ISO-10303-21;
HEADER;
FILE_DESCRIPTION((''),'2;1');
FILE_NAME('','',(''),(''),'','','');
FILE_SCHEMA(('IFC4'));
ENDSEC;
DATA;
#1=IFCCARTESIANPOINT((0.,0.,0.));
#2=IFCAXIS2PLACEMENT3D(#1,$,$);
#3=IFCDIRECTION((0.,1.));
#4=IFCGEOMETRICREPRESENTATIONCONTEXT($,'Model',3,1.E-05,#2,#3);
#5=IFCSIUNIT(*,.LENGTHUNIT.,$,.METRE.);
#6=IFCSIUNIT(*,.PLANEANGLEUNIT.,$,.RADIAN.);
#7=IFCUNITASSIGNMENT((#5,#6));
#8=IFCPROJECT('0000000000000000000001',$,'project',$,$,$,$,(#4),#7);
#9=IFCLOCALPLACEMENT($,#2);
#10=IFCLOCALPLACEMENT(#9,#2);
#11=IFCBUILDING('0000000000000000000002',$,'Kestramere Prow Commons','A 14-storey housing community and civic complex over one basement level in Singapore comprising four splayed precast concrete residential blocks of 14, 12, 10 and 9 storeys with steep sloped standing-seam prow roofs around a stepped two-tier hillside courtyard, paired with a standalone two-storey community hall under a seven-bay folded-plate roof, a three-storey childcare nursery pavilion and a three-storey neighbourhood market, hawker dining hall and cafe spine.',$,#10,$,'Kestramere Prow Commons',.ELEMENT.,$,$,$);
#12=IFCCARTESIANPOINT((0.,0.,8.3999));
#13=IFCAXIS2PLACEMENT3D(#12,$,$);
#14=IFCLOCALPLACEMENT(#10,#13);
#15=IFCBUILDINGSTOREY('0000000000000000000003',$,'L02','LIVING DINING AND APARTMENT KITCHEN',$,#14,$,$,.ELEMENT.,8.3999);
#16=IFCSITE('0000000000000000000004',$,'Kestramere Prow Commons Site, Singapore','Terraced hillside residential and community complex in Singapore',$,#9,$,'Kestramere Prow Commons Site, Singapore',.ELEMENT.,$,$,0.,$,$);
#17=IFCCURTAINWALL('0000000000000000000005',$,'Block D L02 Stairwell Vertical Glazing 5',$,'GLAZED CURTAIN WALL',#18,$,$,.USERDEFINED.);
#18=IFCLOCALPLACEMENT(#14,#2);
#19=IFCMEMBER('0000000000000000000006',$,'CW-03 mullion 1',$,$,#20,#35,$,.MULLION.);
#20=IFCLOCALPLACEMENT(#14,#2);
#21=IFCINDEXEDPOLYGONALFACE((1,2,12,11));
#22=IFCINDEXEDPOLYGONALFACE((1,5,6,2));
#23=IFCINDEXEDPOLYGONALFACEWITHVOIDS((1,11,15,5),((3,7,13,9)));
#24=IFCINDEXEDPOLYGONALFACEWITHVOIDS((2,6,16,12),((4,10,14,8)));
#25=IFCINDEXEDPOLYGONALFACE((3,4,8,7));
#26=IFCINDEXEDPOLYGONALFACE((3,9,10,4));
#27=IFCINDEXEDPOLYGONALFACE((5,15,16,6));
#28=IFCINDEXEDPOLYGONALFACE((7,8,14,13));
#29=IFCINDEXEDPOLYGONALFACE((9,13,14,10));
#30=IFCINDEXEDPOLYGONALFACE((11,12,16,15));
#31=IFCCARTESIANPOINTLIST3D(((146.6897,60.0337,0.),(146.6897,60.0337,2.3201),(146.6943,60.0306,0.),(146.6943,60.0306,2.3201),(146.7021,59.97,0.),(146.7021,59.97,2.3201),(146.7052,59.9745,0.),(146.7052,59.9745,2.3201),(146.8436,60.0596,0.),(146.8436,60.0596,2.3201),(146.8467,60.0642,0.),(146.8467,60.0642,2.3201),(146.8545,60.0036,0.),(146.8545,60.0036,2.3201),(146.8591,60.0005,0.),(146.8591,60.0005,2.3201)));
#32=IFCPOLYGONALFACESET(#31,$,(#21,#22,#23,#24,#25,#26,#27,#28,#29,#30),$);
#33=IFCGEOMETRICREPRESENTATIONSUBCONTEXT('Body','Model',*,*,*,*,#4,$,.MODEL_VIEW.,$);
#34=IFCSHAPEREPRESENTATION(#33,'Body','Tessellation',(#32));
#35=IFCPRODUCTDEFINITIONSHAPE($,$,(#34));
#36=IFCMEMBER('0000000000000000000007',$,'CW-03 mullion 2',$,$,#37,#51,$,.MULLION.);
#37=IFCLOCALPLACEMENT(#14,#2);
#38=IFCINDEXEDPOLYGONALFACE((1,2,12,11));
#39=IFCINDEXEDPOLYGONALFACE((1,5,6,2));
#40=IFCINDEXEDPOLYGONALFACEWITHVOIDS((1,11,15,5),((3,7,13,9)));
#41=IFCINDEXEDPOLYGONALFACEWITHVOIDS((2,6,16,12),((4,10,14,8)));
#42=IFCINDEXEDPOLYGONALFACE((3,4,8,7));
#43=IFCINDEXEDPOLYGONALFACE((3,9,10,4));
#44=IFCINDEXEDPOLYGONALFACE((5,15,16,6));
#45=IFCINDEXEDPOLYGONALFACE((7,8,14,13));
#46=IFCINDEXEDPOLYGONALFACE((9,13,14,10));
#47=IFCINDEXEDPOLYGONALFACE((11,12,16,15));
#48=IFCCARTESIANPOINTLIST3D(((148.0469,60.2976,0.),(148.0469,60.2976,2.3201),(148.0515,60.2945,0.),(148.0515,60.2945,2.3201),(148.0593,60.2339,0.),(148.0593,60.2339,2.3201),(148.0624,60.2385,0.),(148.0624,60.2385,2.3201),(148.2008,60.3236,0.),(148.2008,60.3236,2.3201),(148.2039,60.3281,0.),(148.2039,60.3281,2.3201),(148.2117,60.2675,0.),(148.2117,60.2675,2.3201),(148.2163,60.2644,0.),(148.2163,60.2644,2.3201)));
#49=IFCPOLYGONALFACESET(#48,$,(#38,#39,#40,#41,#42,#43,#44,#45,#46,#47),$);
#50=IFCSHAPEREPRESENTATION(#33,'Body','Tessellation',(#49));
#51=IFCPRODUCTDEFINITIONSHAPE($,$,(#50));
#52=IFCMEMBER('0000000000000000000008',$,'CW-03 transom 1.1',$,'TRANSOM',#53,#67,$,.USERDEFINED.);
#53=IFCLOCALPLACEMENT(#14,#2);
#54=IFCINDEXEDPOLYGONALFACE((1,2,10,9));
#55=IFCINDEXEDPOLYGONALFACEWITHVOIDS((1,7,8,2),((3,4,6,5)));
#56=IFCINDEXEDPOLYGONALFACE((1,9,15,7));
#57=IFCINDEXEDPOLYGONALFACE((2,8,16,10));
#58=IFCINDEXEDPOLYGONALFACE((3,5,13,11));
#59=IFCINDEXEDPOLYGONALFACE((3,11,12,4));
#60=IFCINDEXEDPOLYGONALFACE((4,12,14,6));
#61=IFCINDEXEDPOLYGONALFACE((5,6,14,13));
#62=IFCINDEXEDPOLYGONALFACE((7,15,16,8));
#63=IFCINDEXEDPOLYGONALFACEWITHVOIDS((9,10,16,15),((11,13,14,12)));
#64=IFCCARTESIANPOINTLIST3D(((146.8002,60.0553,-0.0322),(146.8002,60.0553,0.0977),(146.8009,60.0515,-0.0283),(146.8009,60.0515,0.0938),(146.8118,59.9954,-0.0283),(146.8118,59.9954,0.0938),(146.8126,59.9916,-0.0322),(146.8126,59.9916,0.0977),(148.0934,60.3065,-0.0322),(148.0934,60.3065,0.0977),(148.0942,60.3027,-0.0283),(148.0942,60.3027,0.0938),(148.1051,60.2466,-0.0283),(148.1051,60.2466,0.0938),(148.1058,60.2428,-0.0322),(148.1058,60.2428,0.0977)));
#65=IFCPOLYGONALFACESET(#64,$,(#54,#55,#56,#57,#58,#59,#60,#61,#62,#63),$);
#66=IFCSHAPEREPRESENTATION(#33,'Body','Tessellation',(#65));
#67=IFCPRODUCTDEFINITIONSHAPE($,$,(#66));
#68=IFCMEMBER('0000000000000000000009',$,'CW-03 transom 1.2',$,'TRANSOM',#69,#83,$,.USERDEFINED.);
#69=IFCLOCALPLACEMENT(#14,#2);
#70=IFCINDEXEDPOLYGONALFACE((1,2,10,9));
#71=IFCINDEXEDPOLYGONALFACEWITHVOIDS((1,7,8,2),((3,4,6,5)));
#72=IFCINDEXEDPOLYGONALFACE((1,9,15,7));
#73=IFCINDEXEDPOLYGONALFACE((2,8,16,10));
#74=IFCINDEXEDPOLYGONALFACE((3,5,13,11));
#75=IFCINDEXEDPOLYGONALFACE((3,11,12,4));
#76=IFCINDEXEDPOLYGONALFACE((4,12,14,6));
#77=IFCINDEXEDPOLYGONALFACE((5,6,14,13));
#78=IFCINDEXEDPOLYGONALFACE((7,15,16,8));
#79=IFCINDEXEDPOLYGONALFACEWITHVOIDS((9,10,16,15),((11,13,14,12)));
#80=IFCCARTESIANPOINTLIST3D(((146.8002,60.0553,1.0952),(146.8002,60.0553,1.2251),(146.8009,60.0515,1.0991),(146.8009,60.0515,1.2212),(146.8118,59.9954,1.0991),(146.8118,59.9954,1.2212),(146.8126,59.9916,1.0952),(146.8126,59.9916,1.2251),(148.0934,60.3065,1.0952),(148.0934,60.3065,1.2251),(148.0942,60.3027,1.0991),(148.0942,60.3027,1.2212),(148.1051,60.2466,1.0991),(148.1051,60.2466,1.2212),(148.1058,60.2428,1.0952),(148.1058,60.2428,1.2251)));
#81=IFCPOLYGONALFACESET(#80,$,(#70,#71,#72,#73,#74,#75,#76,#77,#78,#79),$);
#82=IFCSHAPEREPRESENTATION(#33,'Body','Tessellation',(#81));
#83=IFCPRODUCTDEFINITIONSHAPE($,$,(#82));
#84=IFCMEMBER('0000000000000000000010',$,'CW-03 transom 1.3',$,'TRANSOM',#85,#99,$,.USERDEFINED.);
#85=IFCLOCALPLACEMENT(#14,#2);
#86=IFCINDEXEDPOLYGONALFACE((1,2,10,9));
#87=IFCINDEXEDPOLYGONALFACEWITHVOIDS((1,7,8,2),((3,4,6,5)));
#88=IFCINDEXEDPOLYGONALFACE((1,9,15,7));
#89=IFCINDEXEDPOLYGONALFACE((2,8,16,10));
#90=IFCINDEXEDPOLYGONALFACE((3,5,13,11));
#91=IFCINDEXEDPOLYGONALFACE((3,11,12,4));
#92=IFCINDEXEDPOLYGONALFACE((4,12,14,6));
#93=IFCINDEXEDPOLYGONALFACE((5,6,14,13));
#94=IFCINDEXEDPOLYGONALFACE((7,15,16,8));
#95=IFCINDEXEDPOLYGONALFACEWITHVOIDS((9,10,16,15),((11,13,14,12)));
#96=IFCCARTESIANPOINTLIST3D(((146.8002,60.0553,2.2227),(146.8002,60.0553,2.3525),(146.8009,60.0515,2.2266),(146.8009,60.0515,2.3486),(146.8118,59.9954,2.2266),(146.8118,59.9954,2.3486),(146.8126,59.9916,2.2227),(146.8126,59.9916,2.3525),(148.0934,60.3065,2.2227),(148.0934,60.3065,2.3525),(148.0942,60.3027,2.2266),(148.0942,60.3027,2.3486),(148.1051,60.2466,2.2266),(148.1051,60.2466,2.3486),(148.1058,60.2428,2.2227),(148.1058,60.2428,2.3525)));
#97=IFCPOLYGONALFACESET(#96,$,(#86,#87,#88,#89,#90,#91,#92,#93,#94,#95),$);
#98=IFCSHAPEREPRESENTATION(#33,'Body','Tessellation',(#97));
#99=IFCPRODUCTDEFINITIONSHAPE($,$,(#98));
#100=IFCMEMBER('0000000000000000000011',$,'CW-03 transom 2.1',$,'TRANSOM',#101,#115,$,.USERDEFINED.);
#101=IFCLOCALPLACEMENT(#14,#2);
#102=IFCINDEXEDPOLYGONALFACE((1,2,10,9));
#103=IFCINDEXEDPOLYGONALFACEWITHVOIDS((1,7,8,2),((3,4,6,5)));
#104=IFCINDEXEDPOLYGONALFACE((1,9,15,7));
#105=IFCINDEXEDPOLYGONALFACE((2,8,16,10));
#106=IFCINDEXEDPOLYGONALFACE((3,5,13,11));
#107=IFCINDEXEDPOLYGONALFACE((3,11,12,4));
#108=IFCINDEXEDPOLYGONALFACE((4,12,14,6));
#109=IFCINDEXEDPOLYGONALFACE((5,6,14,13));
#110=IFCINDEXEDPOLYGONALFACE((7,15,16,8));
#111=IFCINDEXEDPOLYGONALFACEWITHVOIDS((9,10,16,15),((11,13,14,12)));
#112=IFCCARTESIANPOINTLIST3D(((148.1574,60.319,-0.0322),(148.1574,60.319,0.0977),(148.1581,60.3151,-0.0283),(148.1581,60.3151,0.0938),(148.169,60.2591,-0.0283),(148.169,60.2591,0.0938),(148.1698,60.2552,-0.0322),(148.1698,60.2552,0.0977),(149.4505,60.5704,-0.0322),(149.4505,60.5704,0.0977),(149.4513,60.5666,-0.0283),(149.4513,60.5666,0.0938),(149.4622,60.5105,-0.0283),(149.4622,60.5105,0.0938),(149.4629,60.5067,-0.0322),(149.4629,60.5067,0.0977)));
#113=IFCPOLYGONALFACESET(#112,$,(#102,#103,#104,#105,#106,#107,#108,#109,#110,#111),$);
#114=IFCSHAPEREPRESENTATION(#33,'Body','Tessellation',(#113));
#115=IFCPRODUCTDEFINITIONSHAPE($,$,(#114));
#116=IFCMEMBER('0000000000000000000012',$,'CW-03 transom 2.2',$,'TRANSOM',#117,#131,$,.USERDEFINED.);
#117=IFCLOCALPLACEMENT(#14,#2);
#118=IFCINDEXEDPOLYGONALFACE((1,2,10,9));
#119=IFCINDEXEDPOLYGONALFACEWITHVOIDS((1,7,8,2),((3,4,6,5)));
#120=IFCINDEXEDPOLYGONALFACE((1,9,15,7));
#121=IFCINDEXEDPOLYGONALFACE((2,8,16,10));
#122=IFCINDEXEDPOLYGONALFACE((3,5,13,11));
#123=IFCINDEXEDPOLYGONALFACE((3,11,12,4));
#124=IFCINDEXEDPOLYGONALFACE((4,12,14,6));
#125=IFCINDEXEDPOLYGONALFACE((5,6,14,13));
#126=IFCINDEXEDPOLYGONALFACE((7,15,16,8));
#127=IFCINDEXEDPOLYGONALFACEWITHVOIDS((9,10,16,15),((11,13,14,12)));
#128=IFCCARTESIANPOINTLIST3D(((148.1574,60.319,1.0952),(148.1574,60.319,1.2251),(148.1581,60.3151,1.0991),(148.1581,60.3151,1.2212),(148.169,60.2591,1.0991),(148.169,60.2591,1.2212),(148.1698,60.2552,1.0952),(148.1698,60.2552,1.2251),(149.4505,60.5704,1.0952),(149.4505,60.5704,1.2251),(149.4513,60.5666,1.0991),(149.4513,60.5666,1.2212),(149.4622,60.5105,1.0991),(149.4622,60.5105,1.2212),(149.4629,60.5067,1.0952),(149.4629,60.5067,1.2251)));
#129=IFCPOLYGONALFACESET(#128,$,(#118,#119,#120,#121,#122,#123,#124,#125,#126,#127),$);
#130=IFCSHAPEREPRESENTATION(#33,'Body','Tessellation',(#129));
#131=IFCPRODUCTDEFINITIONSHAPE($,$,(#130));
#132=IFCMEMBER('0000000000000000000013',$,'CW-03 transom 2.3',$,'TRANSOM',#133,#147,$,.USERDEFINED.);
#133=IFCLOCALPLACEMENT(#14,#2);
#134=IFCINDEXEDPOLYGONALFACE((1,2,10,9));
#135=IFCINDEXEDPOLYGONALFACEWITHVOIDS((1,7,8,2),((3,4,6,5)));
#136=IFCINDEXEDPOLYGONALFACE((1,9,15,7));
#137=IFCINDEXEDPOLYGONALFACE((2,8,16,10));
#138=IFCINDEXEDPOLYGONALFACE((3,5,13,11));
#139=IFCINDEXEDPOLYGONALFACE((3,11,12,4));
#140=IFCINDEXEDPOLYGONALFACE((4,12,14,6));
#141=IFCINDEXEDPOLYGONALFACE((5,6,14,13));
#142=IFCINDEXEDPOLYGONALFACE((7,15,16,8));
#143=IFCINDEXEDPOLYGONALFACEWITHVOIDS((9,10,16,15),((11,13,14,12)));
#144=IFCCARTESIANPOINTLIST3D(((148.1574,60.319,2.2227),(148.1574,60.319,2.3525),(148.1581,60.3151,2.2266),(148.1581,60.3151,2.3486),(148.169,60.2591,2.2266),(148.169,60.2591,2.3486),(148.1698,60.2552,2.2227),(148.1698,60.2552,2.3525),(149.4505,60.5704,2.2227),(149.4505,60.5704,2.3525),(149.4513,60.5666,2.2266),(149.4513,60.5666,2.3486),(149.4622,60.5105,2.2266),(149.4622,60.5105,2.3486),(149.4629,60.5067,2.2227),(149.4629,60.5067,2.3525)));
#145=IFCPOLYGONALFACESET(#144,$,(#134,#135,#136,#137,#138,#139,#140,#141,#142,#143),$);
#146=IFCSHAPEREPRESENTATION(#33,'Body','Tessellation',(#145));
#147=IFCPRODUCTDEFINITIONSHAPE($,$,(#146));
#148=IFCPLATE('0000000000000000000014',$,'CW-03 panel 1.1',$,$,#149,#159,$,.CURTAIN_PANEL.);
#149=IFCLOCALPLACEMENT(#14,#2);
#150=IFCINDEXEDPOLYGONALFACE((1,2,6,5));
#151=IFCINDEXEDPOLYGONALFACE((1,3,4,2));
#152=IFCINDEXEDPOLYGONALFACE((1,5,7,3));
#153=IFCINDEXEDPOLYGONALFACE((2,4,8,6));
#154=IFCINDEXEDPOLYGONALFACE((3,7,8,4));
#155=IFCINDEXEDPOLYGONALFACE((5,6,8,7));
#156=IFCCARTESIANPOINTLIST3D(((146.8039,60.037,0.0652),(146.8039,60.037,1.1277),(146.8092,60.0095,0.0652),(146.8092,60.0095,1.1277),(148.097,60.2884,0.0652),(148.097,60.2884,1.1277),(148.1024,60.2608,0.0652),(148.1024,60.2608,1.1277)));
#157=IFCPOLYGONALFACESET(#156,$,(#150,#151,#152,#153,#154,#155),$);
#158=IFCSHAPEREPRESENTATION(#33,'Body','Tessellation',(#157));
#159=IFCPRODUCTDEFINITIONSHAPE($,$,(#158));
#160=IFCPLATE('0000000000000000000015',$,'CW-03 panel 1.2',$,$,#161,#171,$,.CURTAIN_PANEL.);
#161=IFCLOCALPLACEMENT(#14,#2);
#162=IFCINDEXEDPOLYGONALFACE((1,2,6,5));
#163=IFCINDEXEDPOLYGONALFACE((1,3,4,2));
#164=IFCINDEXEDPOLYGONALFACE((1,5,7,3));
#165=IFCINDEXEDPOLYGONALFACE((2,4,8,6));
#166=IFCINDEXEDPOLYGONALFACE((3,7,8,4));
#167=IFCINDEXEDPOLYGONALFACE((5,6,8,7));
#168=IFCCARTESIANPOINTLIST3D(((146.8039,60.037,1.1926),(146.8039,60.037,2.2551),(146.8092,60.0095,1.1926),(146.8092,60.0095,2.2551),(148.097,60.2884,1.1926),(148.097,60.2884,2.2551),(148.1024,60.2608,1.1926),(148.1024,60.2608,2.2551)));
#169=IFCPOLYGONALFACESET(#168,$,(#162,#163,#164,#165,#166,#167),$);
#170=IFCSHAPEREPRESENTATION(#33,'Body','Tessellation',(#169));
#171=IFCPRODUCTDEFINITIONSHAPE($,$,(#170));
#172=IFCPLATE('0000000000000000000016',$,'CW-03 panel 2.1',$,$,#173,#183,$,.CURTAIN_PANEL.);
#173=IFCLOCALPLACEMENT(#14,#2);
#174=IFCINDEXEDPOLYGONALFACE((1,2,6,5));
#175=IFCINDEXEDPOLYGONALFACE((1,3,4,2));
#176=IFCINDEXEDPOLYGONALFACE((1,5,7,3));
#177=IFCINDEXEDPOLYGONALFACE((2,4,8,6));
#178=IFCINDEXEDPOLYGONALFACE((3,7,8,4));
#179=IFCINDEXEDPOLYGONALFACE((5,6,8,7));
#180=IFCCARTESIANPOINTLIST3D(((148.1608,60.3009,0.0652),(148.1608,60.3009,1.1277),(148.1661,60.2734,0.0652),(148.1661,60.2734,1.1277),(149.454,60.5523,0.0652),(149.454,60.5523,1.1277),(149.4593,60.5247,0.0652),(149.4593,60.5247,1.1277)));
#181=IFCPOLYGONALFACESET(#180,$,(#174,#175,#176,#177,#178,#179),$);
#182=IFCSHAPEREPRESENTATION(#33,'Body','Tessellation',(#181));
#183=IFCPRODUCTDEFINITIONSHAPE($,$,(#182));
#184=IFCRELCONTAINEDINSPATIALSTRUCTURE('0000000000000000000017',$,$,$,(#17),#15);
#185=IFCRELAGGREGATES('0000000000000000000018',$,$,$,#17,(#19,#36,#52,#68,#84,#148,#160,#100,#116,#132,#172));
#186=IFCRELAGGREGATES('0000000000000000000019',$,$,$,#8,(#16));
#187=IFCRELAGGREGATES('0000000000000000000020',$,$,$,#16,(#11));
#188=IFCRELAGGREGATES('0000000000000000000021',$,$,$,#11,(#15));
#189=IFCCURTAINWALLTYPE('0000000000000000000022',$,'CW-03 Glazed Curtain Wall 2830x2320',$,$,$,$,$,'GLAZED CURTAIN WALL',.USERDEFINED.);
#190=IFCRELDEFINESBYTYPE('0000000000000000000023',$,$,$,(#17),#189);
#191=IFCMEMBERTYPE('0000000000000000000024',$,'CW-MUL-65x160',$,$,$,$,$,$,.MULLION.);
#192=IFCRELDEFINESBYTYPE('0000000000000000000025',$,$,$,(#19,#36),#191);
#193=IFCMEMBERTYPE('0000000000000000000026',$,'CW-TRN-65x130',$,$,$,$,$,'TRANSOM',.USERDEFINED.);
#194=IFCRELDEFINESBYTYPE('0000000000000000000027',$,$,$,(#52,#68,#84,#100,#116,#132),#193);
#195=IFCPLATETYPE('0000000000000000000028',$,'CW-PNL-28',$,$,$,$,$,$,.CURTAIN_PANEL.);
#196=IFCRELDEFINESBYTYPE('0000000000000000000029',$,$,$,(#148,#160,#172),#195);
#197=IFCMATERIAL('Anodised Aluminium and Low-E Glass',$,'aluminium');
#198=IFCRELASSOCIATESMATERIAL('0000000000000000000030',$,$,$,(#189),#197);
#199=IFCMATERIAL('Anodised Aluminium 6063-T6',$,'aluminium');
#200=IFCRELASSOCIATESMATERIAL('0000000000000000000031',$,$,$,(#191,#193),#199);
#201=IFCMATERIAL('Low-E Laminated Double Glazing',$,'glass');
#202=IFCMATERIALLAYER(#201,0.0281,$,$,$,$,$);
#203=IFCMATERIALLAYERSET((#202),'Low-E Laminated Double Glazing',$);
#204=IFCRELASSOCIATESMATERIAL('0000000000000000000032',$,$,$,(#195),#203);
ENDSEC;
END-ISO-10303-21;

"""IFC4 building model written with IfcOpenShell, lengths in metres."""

from ifc_helpers import new_model, si_unit, direction, frame, origin, origin_2d, place, context, subcontext, project, spatial, rectangle, hollow_rectangle, extrude, material, layer, layer_set, material_profile, profile_set, type_object, element, aggregate, save


model = new_model("IFC4")

# Units and contexts
model_context = context("Model", 3, precision=1e-05, world=origin(), true_north=direction((0.0, 1.0)))
body_context = subcontext(model_context, "Body", "Model", "MODEL_VIEW")
ifc_project = project(units=[si_unit("LENGTHUNIT", "METRE"), si_unit("PLANEANGLEUNIT", "RADIAN")], contexts=[model_context])

# Site, building, storey
site_placement = place(None, origin())
site = spatial("IfcSite", under=ifc_project, at=site_placement, Name="Kestramere Prow Commons Site, Singapore", Description="Terraced hillside residential and community complex in Singapore", LongName="Kestramere Prow Commons Site, Singapore", CompositionType="ELEMENT", RefElevation=0.0)
building_placement = place(site_placement, origin())
building = spatial("IfcBuilding", under=site, at=building_placement, Name="Kestramere Prow Commons", Description="A 14-storey housing community and civic complex over one basement level in Singapore comprising four splayed precast concrete residential blocks of 14, 12, 10 and 9 storeys with steep sloped standing-seam prow roofs around a stepped two-tier hillside courtyard, paired with a standalone two-storey community hall under a seven-bay folded-plate roof, a three-storey childcare nursery pavilion and a three-storey neighbourhood market, hawker dining hall and cafe spine.", LongName="Kestramere Prow Commons", CompositionType="ELEMENT")
storey_placement = place(building_placement, frame((0.0, 0.0, 8.3999)))
storey = spatial("IfcBuildingStorey", under=building, at=storey_placement, Name="L02", Description="LIVING DINING AND APARTMENT KITCHEN", CompositionType="ELEMENT", Elevation=8.3999)

# Curtain wall, members, plates
ifc_material_1 = material(Name="Anodised Aluminium and Low-E Glass", Category="aluminium")
curtain_wall_type = type_object("IfcCurtainWallType", Name="CW-03 Glazed Curtain Wall 2830x2320", ElementType="GLAZED CURTAIN WALL", PredefinedType="USERDEFINED", material=ifc_material_1)
curtain_wall_placement = place(storey_placement, origin())
curtain_wall = element("IfcCurtainWall", 1, at=curtain_wall_placement, inside=storey, type_object=curtain_wall_type, Name="Block D L02 Stairwell Vertical Glazing 5", ObjectType="GLAZED CURTAIN WALL", PredefinedType="USERDEFINED")
ifc_material_2 = material(Name="Anodised Aluminium 6063-T6", Category="aluminium")
ifc_material_profile_1 = material_profile(ifc_material_2, hollow_rectangle(XDim=0.0649, YDim=0.1599, WallThickness=0.0039, at=origin_2d()), Name="ALU-MUL 65x160")
ifc_profile_set_1 = profile_set([ifc_material_profile_1], Name="Anodised Aluminium 6063-T6")
member_type_1 = type_object("IfcMemberType", Name="CW-MUL-65x160", PredefinedType="MULLION", material=ifc_profile_set_1)
member_1_placement = place(storey_placement, frame((146.7744, 60.0171, 0.0), z_axis=(0.0, 0.0, 1.0), x_axis=(-0.190809, 0.981627, 0.0)))
member_1 = element("IfcMember", 2, at=member_1_placement, type_object=member_type_1, Name="CW-03 mullion 1", PredefinedType="MULLION", context=body_context, shape_type="SweptSolid", body=[
    extrude(hollow_rectangle(XDim=0.0649, YDim=0.1599, WallThickness=0.0039, at=origin_2d()), origin(), (0.0, 0.0, 1.0), 2.3201),
])
member_2_placement = place(storey_placement, frame((148.1316, 60.281, 0.0), z_axis=(0.0, 0.0, 1.0), x_axis=(-0.190809, 0.981627, 0.0)))
member_2 = element("IfcMember", 3, at=member_2_placement, type_object=member_type_1, Name="CW-03 mullion 2", PredefinedType="MULLION", context=body_context, shape_type="SweptSolid", body=[
    extrude(hollow_rectangle(XDim=0.0649, YDim=0.1599, WallThickness=0.0039, at=origin_2d()), origin(), (0.0, 0.0, 1.0), 2.3201),
])
ifc_material_profile_2 = material_profile(ifc_material_2, hollow_rectangle(XDim=0.0649, YDim=0.1299, WallThickness=0.0039, at=origin_2d()), Name="ALU-TRN 65x130")
ifc_profile_set_2 = profile_set([ifc_material_profile_2], Name="Anodised Aluminium 6063-T6")
member_type_2 = type_object("IfcMemberType", Name="CW-TRN-65x130", ElementType="TRANSOM", PredefinedType="USERDEFINED", material=ifc_profile_set_2)
member_3_placement = place(storey_placement, frame((146.8064, 60.0234, 0.0327), z_axis=(0.981649, 0.190696, 0.0), x_axis=(-0.190696, 0.981649, 0.0)))
member_3 = element("IfcMember", 4, at=member_3_placement, type_object=member_type_2, Name="CW-03 transom 1.1", ObjectType="TRANSOM", PredefinedType="USERDEFINED", context=body_context, shape_type="SweptSolid", body=[
    extrude(hollow_rectangle(XDim=0.0649, YDim=0.1299, WallThickness=0.0039, at=origin_2d()), origin(), (0.0, 0.0, 1.0), 1.3174),
])
member_4_placement = place(storey_placement, frame((146.8064, 60.0234, 1.1602), z_axis=(0.981649, 0.190696, 0.0), x_axis=(-0.190696, 0.981649, 0.0)))
member_4 = element("IfcMember", 5, at=member_4_placement, type_object=member_type_2, Name="CW-03 transom 1.2", ObjectType="TRANSOM", PredefinedType="USERDEFINED", context=body_context, shape_type="SweptSolid", body=[
    extrude(hollow_rectangle(XDim=0.0649, YDim=0.1299, WallThickness=0.0039, at=origin_2d()), origin(), (0.0, 0.0, 1.0), 1.3174),
])
member_5_placement = place(storey_placement, frame((146.8064, 60.0234, 2.2876), z_axis=(0.981649, 0.190696, 0.0), x_axis=(-0.190696, 0.981649, 0.0)))
member_5 = element("IfcMember", 6, at=member_5_placement, type_object=member_type_2, Name="CW-03 transom 1.3", ObjectType="TRANSOM", PredefinedType="USERDEFINED", context=body_context, shape_type="SweptSolid", body=[
    extrude(hollow_rectangle(XDim=0.0649, YDim=0.1299, WallThickness=0.0039, at=origin_2d()), origin(), (0.0, 0.0, 1.0), 1.3174),
])
member_6_placement = place(storey_placement, frame((148.1636, 60.2871, 0.0327), z_axis=(0.981614, 0.190875, 0.0), x_axis=(-0.190875, 0.981614, 0.0)))
member_6 = element("IfcMember", 7, at=member_6_placement, type_object=member_type_2, Name="CW-03 transom 2.1", ObjectType="TRANSOM", PredefinedType="USERDEFINED", context=body_context, shape_type="SweptSolid", body=[
    extrude(hollow_rectangle(XDim=0.0649, YDim=0.1299, WallThickness=0.0039, at=origin_2d()), origin(), (0.0, 0.0, 1.0), 1.3174),
])
member_7_placement = place(storey_placement, frame((148.1636, 60.2871, 1.1602), z_axis=(0.981614, 0.190875, 0.0), x_axis=(-0.190875, 0.981614, 0.0)))
member_7 = element("IfcMember", 8, at=member_7_placement, type_object=member_type_2, Name="CW-03 transom 2.2", ObjectType="TRANSOM", PredefinedType="USERDEFINED", context=body_context, shape_type="SweptSolid", body=[
    extrude(hollow_rectangle(XDim=0.0649, YDim=0.1299, WallThickness=0.0039, at=origin_2d()), origin(), (0.0, 0.0, 1.0), 1.3174),
])
member_8_placement = place(storey_placement, frame((148.1636, 60.2871, 2.2876), z_axis=(0.981614, 0.190875, 0.0), x_axis=(-0.190875, 0.981614, 0.0)))
member_8 = element("IfcMember", 9, at=member_8_placement, type_object=member_type_2, Name="CW-03 transom 2.3", ObjectType="TRANSOM", PredefinedType="USERDEFINED", context=body_context, shape_type="SweptSolid", body=[
    extrude(hollow_rectangle(XDim=0.0649, YDim=0.1299, WallThickness=0.0039, at=origin_2d()), origin(), (0.0, 0.0, 1.0), 1.3174),
])
ifc_material_3 = material(Name="Low-E Laminated Double Glazing", Category="glass")
ifc_layer_1 = layer(ifc_material_3, 0.0281)
ifc_layer_set_1 = layer_set([ifc_layer_1], Name="Low-E Laminated Double Glazing")
plate_type = type_object("IfcPlateType", Name="CW-PNL-28", PredefinedType="CURTAIN_PANEL", material=ifc_layer_set_1)
plate_1_placement = place(storey_placement, frame((147.4531, 60.1489, 0.0652), z_axis=(0.0, 0.0, 1.0), x_axis=(0.981627, 0.190809, 0.0)))
plate_1 = element("IfcPlate", 10, at=plate_1_placement, type_object=plate_type, Name="CW-03 panel 1.1", PredefinedType="CURTAIN_PANEL", context=body_context, shape_type="SweptSolid", body=[
    extrude(rectangle(XDim=1.3174, YDim=0.0281, at=origin_2d()), origin(), (0.0, 0.0, 1.0), 1.0625),
])
plate_2_placement = place(storey_placement, frame((147.4531, 60.1489, 1.1926), z_axis=(0.0, 0.0, 1.0), x_axis=(0.981627, 0.190809, 0.0)))
plate_2 = element("IfcPlate", 11, at=plate_2_placement, type_object=plate_type, Name="CW-03 panel 1.2", PredefinedType="CURTAIN_PANEL", context=body_context, shape_type="SweptSolid", body=[
    extrude(rectangle(XDim=1.3174, YDim=0.0281, at=origin_2d()), origin(), (0.0, 0.0, 1.0), 1.0625),
])
plate_3_placement = place(storey_placement, frame((148.8101, 60.4128, 0.0652), z_axis=(0.0, 0.0, 1.0), x_axis=(0.981627, 0.190809, 0.0)))
plate_3 = element("IfcPlate", 12, at=plate_3_placement, type_object=plate_type, Name="CW-03 panel 2.1", PredefinedType="CURTAIN_PANEL", context=body_context, shape_type="SweptSolid", body=[
    extrude(rectangle(XDim=1.3174, YDim=0.0281, at=origin_2d()), origin(), (0.0, 0.0, 1.0), 1.0625),
])
aggregate(curtain_wall, [member_1, member_2, member_3, member_4, member_5, plate_1, plate_2, member_6, member_7, member_8, plate_3])

save(model, "model.ifc")
